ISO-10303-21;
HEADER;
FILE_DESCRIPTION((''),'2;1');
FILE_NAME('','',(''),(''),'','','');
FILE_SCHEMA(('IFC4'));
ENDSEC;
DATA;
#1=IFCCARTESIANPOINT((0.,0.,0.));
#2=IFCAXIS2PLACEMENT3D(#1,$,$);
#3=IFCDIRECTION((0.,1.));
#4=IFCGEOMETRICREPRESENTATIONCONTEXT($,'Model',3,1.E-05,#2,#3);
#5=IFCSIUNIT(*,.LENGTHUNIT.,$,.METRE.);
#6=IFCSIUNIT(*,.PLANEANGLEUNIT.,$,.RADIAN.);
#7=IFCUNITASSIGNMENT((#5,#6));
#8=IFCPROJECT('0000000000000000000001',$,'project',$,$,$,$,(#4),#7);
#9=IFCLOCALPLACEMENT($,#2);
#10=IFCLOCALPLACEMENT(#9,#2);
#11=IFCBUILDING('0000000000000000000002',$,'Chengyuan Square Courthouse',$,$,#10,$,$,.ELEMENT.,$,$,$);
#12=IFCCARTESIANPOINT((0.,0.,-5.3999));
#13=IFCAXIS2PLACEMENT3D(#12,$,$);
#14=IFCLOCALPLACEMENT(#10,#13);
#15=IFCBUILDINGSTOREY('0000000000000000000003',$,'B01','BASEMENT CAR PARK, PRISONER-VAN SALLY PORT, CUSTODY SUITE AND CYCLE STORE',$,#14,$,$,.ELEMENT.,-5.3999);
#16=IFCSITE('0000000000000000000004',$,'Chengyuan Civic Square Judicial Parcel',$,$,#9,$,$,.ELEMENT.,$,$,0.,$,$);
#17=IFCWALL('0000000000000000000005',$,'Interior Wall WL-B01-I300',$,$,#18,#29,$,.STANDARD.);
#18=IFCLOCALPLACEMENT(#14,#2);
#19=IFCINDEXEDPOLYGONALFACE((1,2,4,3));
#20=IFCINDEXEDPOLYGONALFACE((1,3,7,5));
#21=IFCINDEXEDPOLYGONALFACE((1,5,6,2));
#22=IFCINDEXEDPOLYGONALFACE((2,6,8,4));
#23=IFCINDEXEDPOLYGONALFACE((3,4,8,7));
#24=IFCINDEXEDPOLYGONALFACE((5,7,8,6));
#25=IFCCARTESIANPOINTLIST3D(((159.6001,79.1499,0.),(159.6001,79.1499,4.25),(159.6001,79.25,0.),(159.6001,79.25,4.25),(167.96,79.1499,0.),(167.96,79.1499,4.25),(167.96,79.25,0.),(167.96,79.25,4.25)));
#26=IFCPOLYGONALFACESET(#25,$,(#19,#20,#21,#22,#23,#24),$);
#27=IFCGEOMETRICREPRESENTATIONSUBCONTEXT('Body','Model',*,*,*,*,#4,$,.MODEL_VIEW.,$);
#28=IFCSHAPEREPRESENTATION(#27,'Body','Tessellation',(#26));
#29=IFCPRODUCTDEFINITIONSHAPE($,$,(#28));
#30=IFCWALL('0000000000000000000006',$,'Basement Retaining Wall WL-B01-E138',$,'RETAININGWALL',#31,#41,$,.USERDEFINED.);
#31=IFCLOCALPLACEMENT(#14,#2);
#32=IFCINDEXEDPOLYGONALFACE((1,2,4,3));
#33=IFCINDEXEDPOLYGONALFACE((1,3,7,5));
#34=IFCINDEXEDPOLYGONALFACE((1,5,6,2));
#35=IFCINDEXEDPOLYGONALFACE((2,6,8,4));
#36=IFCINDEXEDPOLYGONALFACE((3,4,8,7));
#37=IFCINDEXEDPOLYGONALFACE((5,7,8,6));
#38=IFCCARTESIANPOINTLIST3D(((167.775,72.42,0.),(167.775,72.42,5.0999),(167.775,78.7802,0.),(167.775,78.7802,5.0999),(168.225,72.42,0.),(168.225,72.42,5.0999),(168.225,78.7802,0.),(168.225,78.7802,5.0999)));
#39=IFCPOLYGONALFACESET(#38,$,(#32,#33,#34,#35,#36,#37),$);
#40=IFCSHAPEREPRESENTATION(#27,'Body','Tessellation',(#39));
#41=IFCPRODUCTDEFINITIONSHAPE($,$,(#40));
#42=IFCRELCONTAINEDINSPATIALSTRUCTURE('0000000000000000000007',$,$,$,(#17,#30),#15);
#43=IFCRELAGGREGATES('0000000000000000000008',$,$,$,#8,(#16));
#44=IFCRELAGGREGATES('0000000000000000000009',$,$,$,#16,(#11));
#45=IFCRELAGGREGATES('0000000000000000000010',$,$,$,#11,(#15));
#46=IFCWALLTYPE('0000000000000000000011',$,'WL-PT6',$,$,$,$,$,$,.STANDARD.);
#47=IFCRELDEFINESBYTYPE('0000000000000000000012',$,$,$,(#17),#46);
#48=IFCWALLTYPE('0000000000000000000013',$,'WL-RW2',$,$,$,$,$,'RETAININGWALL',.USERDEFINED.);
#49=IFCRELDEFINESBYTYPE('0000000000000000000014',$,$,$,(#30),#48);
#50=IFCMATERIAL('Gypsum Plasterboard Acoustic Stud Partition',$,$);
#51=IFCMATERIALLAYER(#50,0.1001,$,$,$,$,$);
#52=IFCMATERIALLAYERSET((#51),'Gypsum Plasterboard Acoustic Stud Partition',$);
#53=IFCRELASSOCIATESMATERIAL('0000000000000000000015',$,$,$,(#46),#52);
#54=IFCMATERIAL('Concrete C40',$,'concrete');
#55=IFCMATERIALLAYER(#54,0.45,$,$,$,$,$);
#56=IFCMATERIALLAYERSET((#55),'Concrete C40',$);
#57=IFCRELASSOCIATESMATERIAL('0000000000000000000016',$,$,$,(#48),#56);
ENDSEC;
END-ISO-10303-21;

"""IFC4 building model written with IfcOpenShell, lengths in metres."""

from ifc_helpers import new_model, si_unit, direction, frame, frame_2d, origin, place, context, subcontext, project, spatial, rectangle, extrude, material, layer, layer_set, type_object, element, save


model = new_model("IFC4")

# Units and contexts
model_context = context("Model", 3, precision=1e-05, world=origin(), true_north=direction((0.0, 1.0)))
body_context = subcontext(model_context, "Body", "Model", "MODEL_VIEW")
ifc_project = project(units=[si_unit("LENGTHUNIT", "METRE"), si_unit("PLANEANGLEUNIT", "RADIAN")], contexts=[model_context])

# Site, building, storey
site_placement = place(None, origin())
site = spatial("IfcSite", under=ifc_project, at=site_placement, Name="Chengyuan Civic Square Judicial Parcel", CompositionType="ELEMENT", RefElevation=0.0)
building_placement = place(site_placement, origin())
building = spatial("IfcBuilding", under=site, at=building_placement, Name="Chengyuan Square Courthouse", CompositionType="ELEMENT")
storey_placement = place(building_placement, frame((0.0, 0.0, -5.3999)))
storey = spatial("IfcBuildingStorey", under=building, at=storey_placement, Name="B01", Description="BASEMENT CAR PARK, PRISONER-VAN SALLY PORT, CUSTODY SUITE AND CYCLE STORE", CompositionType="ELEMENT", Elevation=-5.3999)

# Shared definitions
ifc_material_1 = material(Name="Concrete C40", Category="concrete")

# Walls
ifc_material_2 = material(Name="Gypsum Plasterboard Acoustic Stud Partition")
ifc_layer_1 = layer(ifc_material_2, 0.1001)
ifc_layer_set_1 = layer_set([ifc_layer_1], Name="Gypsum Plasterboard Acoustic Stud Partition")
wall_type_1 = type_object("IfcWallType", Name="WL-PT6", PredefinedType="STANDARD", material=ifc_layer_set_1)
wall_1_placement = place(storey_placement, frame((159.6001, 79.2, 0.0), z_axis=(0.0, 0.0, 1.0), x_axis=(1.0, 0.0, 0.0)))
element("IfcWall", 1, at=wall_1_placement, inside=storey, type_object=wall_type_1, Name="Interior Wall WL-B01-I300", PredefinedType="STANDARD", context=body_context, shape_type="SweptSolid", body=[
    extrude(rectangle(XDim=8.3599, YDim=0.1001, at=frame_2d((4.1799, 0.0))), origin(), (0.0, 0.0, 1.0), 4.25),
])
ifc_layer_2 = layer(ifc_material_1, 0.45)
ifc_layer_set_2 = layer_set([ifc_layer_2], Name="Concrete C40")
wall_type_2 = type_object("IfcWallType", Name="WL-RW2", ElementType="RETAININGWALL", PredefinedType="USERDEFINED", material=ifc_layer_set_2)
wall_2_placement = place(storey_placement, frame((168.0, 72.4199, 0.0), z_axis=(0.0, 0.0, 1.0), x_axis=(0.0, 1.0, 0.0)))
element("IfcWall", 2, at=wall_2_placement, inside=storey, type_object=wall_type_2, Name="Basement Retaining Wall WL-B01-E138", ObjectType="RETAININGWALL", PredefinedType="USERDEFINED", context=body_context, shape_type="SweptSolid", body=[
    extrude(rectangle(XDim=6.3601, YDim=0.45, at=frame_2d((3.1802, 0.0))), origin(), (0.0, 0.0, 1.0), 5.0999),
])

save(model, "model.ifc")
